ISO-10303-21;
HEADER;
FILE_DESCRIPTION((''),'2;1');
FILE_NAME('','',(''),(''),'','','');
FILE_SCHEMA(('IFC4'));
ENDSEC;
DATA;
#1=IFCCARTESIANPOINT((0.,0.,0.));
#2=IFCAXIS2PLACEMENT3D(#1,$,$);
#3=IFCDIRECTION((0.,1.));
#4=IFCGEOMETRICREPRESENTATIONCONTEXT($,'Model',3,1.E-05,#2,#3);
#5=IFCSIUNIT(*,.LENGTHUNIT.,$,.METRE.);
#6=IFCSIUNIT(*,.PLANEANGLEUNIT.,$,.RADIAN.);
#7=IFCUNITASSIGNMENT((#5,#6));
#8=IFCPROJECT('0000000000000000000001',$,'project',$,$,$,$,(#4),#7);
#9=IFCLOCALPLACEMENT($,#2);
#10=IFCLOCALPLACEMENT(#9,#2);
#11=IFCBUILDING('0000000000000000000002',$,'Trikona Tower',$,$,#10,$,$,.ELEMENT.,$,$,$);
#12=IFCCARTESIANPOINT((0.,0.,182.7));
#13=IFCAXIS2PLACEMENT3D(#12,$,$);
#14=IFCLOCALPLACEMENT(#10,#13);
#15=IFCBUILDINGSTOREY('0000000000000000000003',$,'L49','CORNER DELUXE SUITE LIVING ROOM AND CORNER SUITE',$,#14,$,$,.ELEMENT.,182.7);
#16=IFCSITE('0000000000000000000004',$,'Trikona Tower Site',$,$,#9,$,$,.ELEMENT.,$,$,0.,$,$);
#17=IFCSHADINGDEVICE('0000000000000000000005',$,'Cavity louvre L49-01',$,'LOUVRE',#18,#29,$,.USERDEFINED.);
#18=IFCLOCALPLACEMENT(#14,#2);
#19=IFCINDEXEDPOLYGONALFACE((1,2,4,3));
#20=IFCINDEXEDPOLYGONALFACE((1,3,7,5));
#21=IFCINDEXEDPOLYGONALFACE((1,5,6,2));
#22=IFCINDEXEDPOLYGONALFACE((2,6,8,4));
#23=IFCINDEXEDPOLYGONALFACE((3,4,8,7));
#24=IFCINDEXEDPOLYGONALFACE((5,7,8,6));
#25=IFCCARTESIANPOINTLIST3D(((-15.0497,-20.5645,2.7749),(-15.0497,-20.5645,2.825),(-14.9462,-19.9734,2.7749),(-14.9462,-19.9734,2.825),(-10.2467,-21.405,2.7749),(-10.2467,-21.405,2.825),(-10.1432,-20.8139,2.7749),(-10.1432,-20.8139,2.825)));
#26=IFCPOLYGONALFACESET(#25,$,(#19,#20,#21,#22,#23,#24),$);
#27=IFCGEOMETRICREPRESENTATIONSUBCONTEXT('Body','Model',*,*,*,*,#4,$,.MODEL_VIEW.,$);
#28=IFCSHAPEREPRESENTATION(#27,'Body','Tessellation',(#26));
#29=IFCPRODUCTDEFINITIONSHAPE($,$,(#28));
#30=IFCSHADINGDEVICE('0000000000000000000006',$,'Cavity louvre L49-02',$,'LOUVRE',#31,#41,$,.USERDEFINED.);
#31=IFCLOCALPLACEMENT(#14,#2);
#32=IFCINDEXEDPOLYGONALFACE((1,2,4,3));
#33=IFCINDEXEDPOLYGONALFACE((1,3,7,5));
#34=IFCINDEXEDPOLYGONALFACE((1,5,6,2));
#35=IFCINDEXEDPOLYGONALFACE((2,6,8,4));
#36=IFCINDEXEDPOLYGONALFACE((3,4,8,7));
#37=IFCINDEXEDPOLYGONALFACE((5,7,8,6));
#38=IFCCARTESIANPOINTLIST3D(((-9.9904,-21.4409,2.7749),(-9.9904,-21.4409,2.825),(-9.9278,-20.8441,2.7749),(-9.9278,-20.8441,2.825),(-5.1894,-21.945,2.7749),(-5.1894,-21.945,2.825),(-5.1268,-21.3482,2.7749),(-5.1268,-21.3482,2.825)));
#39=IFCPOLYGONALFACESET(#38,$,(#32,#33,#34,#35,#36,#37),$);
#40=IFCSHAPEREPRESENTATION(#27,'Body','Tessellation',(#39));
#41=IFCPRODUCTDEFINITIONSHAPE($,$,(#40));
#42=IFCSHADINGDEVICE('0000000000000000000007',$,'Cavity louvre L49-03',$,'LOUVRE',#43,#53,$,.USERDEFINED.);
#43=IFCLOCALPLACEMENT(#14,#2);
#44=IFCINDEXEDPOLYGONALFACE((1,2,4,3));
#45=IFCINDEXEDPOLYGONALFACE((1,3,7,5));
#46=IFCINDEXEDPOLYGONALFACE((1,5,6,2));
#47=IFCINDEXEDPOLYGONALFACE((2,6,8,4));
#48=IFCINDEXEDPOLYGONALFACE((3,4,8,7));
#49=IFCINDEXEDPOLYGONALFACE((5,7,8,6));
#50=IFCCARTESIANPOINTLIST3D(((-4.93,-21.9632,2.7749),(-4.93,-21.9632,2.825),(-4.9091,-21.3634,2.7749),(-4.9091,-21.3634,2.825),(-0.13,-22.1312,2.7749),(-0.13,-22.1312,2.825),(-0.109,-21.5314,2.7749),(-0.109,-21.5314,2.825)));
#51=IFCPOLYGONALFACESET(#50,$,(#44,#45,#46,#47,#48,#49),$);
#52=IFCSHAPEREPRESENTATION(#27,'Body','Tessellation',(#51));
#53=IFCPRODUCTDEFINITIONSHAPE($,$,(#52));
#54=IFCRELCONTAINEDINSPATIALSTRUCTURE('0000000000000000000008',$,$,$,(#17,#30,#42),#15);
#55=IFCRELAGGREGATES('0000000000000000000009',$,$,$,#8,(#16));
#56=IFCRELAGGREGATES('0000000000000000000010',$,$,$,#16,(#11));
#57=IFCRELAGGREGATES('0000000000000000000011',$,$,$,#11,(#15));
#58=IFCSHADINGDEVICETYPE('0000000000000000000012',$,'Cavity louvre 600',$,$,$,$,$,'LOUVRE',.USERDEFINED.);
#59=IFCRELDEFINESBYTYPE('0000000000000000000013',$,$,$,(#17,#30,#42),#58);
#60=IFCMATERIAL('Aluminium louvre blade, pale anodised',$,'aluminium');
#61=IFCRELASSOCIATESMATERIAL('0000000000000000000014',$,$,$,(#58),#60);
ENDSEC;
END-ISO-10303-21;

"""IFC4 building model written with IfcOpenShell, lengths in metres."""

from ifc_helpers import new_model, si_unit, direction, frame, origin, origin_2d, place, context, subcontext, project, spatial, rectangle, extrude, material, type_object, element, save


model = new_model("IFC4")

# Units and contexts
model_context = context("Model", 3, precision=1e-05, world=origin(), true_north=direction((0.0, 1.0)))
body_context = subcontext(model_context, "Body", "Model", "MODEL_VIEW")
ifc_project = project(units=[si_unit("LENGTHUNIT", "METRE"), si_unit("PLANEANGLEUNIT", "RADIAN")], contexts=[model_context])

# Site, building, storey
site_placement = place(None, origin())
site = spatial("IfcSite", under=ifc_project, at=site_placement, Name="Trikona Tower Site", CompositionType="ELEMENT", RefElevation=0.0)
building_placement = place(site_placement, origin())
building = spatial("IfcBuilding", under=site, at=building_placement, Name="Trikona Tower", CompositionType="ELEMENT")
storey_placement = place(building_placement, frame((0.0, 0.0, 182.7)))
storey = spatial("IfcBuildingStorey", under=building, at=storey_placement, Name="L49", Description="CORNER DELUXE SUITE LIVING ROOM AND CORNER SUITE", CompositionType="ELEMENT", Elevation=182.7)

# Shading devices
ifc_material_1 = material(Name="Aluminium louvre blade, pale anodised", Category="aluminium")
shading_device_type = type_object("IfcShadingDeviceType", Name="Cavity louvre 600", ElementType="LOUVRE", PredefinedType="USERDEFINED", material=ifc_material_1)
shading_device_1_placement = place(storey_placement, frame((-12.5964, -20.6892, 2.7749), z_axis=(0.0, 0.0, 1.0), x_axis=(0.985031, -0.17238, 0.0)))
element("IfcShadingDevice", 1, at=shading_device_1_placement, inside=storey, type_object=shading_device_type, Name="Cavity louvre L49-01", ObjectType="LOUVRE", PredefinedType="USERDEFINED", context=body_context, shape_type="SweptSolid", body=[
    extrude(rectangle(XDim=4.876, YDim=0.6001, at=origin_2d()), origin(), (0.0, 0.0, 1.0), 0.05),
])
shading_device_2_placement = place(storey_placement, frame((-7.5586, -21.3945, 2.7749), z_axis=(0.0, 0.0, 1.0), x_axis=(0.994533, -0.104426, 0.0)))
element("IfcShadingDevice", 2, at=shading_device_2_placement, inside=storey, type_object=shading_device_type, Name="Cavity louvre L49-02", ObjectType="LOUVRE", PredefinedType="USERDEFINED", context=body_context, shape_type="SweptSolid", body=[
    extrude(rectangle(XDim=4.8274, YDim=0.6001, at=origin_2d()), origin(), (0.0, 0.0, 1.0), 0.05),
])
shading_device_3_placement = place(storey_placement, frame((-2.5195, -21.7473, 2.7749), z_axis=(0.0, 0.0, 1.0), x_axis=(0.999388, -0.034978, 0.0)))
element("IfcShadingDevice", 3, at=shading_device_3_placement, inside=storey, type_object=shading_device_type, Name="Cavity louvre L49-03", ObjectType="LOUVRE", PredefinedType="USERDEFINED", context=body_context, shape_type="SweptSolid", body=[
    extrude(rectangle(XDim=4.803, YDim=0.6001, at=origin_2d()), origin(), (0.0, 0.0, 1.0), 0.05),
])

save(model, "model.ifc")
